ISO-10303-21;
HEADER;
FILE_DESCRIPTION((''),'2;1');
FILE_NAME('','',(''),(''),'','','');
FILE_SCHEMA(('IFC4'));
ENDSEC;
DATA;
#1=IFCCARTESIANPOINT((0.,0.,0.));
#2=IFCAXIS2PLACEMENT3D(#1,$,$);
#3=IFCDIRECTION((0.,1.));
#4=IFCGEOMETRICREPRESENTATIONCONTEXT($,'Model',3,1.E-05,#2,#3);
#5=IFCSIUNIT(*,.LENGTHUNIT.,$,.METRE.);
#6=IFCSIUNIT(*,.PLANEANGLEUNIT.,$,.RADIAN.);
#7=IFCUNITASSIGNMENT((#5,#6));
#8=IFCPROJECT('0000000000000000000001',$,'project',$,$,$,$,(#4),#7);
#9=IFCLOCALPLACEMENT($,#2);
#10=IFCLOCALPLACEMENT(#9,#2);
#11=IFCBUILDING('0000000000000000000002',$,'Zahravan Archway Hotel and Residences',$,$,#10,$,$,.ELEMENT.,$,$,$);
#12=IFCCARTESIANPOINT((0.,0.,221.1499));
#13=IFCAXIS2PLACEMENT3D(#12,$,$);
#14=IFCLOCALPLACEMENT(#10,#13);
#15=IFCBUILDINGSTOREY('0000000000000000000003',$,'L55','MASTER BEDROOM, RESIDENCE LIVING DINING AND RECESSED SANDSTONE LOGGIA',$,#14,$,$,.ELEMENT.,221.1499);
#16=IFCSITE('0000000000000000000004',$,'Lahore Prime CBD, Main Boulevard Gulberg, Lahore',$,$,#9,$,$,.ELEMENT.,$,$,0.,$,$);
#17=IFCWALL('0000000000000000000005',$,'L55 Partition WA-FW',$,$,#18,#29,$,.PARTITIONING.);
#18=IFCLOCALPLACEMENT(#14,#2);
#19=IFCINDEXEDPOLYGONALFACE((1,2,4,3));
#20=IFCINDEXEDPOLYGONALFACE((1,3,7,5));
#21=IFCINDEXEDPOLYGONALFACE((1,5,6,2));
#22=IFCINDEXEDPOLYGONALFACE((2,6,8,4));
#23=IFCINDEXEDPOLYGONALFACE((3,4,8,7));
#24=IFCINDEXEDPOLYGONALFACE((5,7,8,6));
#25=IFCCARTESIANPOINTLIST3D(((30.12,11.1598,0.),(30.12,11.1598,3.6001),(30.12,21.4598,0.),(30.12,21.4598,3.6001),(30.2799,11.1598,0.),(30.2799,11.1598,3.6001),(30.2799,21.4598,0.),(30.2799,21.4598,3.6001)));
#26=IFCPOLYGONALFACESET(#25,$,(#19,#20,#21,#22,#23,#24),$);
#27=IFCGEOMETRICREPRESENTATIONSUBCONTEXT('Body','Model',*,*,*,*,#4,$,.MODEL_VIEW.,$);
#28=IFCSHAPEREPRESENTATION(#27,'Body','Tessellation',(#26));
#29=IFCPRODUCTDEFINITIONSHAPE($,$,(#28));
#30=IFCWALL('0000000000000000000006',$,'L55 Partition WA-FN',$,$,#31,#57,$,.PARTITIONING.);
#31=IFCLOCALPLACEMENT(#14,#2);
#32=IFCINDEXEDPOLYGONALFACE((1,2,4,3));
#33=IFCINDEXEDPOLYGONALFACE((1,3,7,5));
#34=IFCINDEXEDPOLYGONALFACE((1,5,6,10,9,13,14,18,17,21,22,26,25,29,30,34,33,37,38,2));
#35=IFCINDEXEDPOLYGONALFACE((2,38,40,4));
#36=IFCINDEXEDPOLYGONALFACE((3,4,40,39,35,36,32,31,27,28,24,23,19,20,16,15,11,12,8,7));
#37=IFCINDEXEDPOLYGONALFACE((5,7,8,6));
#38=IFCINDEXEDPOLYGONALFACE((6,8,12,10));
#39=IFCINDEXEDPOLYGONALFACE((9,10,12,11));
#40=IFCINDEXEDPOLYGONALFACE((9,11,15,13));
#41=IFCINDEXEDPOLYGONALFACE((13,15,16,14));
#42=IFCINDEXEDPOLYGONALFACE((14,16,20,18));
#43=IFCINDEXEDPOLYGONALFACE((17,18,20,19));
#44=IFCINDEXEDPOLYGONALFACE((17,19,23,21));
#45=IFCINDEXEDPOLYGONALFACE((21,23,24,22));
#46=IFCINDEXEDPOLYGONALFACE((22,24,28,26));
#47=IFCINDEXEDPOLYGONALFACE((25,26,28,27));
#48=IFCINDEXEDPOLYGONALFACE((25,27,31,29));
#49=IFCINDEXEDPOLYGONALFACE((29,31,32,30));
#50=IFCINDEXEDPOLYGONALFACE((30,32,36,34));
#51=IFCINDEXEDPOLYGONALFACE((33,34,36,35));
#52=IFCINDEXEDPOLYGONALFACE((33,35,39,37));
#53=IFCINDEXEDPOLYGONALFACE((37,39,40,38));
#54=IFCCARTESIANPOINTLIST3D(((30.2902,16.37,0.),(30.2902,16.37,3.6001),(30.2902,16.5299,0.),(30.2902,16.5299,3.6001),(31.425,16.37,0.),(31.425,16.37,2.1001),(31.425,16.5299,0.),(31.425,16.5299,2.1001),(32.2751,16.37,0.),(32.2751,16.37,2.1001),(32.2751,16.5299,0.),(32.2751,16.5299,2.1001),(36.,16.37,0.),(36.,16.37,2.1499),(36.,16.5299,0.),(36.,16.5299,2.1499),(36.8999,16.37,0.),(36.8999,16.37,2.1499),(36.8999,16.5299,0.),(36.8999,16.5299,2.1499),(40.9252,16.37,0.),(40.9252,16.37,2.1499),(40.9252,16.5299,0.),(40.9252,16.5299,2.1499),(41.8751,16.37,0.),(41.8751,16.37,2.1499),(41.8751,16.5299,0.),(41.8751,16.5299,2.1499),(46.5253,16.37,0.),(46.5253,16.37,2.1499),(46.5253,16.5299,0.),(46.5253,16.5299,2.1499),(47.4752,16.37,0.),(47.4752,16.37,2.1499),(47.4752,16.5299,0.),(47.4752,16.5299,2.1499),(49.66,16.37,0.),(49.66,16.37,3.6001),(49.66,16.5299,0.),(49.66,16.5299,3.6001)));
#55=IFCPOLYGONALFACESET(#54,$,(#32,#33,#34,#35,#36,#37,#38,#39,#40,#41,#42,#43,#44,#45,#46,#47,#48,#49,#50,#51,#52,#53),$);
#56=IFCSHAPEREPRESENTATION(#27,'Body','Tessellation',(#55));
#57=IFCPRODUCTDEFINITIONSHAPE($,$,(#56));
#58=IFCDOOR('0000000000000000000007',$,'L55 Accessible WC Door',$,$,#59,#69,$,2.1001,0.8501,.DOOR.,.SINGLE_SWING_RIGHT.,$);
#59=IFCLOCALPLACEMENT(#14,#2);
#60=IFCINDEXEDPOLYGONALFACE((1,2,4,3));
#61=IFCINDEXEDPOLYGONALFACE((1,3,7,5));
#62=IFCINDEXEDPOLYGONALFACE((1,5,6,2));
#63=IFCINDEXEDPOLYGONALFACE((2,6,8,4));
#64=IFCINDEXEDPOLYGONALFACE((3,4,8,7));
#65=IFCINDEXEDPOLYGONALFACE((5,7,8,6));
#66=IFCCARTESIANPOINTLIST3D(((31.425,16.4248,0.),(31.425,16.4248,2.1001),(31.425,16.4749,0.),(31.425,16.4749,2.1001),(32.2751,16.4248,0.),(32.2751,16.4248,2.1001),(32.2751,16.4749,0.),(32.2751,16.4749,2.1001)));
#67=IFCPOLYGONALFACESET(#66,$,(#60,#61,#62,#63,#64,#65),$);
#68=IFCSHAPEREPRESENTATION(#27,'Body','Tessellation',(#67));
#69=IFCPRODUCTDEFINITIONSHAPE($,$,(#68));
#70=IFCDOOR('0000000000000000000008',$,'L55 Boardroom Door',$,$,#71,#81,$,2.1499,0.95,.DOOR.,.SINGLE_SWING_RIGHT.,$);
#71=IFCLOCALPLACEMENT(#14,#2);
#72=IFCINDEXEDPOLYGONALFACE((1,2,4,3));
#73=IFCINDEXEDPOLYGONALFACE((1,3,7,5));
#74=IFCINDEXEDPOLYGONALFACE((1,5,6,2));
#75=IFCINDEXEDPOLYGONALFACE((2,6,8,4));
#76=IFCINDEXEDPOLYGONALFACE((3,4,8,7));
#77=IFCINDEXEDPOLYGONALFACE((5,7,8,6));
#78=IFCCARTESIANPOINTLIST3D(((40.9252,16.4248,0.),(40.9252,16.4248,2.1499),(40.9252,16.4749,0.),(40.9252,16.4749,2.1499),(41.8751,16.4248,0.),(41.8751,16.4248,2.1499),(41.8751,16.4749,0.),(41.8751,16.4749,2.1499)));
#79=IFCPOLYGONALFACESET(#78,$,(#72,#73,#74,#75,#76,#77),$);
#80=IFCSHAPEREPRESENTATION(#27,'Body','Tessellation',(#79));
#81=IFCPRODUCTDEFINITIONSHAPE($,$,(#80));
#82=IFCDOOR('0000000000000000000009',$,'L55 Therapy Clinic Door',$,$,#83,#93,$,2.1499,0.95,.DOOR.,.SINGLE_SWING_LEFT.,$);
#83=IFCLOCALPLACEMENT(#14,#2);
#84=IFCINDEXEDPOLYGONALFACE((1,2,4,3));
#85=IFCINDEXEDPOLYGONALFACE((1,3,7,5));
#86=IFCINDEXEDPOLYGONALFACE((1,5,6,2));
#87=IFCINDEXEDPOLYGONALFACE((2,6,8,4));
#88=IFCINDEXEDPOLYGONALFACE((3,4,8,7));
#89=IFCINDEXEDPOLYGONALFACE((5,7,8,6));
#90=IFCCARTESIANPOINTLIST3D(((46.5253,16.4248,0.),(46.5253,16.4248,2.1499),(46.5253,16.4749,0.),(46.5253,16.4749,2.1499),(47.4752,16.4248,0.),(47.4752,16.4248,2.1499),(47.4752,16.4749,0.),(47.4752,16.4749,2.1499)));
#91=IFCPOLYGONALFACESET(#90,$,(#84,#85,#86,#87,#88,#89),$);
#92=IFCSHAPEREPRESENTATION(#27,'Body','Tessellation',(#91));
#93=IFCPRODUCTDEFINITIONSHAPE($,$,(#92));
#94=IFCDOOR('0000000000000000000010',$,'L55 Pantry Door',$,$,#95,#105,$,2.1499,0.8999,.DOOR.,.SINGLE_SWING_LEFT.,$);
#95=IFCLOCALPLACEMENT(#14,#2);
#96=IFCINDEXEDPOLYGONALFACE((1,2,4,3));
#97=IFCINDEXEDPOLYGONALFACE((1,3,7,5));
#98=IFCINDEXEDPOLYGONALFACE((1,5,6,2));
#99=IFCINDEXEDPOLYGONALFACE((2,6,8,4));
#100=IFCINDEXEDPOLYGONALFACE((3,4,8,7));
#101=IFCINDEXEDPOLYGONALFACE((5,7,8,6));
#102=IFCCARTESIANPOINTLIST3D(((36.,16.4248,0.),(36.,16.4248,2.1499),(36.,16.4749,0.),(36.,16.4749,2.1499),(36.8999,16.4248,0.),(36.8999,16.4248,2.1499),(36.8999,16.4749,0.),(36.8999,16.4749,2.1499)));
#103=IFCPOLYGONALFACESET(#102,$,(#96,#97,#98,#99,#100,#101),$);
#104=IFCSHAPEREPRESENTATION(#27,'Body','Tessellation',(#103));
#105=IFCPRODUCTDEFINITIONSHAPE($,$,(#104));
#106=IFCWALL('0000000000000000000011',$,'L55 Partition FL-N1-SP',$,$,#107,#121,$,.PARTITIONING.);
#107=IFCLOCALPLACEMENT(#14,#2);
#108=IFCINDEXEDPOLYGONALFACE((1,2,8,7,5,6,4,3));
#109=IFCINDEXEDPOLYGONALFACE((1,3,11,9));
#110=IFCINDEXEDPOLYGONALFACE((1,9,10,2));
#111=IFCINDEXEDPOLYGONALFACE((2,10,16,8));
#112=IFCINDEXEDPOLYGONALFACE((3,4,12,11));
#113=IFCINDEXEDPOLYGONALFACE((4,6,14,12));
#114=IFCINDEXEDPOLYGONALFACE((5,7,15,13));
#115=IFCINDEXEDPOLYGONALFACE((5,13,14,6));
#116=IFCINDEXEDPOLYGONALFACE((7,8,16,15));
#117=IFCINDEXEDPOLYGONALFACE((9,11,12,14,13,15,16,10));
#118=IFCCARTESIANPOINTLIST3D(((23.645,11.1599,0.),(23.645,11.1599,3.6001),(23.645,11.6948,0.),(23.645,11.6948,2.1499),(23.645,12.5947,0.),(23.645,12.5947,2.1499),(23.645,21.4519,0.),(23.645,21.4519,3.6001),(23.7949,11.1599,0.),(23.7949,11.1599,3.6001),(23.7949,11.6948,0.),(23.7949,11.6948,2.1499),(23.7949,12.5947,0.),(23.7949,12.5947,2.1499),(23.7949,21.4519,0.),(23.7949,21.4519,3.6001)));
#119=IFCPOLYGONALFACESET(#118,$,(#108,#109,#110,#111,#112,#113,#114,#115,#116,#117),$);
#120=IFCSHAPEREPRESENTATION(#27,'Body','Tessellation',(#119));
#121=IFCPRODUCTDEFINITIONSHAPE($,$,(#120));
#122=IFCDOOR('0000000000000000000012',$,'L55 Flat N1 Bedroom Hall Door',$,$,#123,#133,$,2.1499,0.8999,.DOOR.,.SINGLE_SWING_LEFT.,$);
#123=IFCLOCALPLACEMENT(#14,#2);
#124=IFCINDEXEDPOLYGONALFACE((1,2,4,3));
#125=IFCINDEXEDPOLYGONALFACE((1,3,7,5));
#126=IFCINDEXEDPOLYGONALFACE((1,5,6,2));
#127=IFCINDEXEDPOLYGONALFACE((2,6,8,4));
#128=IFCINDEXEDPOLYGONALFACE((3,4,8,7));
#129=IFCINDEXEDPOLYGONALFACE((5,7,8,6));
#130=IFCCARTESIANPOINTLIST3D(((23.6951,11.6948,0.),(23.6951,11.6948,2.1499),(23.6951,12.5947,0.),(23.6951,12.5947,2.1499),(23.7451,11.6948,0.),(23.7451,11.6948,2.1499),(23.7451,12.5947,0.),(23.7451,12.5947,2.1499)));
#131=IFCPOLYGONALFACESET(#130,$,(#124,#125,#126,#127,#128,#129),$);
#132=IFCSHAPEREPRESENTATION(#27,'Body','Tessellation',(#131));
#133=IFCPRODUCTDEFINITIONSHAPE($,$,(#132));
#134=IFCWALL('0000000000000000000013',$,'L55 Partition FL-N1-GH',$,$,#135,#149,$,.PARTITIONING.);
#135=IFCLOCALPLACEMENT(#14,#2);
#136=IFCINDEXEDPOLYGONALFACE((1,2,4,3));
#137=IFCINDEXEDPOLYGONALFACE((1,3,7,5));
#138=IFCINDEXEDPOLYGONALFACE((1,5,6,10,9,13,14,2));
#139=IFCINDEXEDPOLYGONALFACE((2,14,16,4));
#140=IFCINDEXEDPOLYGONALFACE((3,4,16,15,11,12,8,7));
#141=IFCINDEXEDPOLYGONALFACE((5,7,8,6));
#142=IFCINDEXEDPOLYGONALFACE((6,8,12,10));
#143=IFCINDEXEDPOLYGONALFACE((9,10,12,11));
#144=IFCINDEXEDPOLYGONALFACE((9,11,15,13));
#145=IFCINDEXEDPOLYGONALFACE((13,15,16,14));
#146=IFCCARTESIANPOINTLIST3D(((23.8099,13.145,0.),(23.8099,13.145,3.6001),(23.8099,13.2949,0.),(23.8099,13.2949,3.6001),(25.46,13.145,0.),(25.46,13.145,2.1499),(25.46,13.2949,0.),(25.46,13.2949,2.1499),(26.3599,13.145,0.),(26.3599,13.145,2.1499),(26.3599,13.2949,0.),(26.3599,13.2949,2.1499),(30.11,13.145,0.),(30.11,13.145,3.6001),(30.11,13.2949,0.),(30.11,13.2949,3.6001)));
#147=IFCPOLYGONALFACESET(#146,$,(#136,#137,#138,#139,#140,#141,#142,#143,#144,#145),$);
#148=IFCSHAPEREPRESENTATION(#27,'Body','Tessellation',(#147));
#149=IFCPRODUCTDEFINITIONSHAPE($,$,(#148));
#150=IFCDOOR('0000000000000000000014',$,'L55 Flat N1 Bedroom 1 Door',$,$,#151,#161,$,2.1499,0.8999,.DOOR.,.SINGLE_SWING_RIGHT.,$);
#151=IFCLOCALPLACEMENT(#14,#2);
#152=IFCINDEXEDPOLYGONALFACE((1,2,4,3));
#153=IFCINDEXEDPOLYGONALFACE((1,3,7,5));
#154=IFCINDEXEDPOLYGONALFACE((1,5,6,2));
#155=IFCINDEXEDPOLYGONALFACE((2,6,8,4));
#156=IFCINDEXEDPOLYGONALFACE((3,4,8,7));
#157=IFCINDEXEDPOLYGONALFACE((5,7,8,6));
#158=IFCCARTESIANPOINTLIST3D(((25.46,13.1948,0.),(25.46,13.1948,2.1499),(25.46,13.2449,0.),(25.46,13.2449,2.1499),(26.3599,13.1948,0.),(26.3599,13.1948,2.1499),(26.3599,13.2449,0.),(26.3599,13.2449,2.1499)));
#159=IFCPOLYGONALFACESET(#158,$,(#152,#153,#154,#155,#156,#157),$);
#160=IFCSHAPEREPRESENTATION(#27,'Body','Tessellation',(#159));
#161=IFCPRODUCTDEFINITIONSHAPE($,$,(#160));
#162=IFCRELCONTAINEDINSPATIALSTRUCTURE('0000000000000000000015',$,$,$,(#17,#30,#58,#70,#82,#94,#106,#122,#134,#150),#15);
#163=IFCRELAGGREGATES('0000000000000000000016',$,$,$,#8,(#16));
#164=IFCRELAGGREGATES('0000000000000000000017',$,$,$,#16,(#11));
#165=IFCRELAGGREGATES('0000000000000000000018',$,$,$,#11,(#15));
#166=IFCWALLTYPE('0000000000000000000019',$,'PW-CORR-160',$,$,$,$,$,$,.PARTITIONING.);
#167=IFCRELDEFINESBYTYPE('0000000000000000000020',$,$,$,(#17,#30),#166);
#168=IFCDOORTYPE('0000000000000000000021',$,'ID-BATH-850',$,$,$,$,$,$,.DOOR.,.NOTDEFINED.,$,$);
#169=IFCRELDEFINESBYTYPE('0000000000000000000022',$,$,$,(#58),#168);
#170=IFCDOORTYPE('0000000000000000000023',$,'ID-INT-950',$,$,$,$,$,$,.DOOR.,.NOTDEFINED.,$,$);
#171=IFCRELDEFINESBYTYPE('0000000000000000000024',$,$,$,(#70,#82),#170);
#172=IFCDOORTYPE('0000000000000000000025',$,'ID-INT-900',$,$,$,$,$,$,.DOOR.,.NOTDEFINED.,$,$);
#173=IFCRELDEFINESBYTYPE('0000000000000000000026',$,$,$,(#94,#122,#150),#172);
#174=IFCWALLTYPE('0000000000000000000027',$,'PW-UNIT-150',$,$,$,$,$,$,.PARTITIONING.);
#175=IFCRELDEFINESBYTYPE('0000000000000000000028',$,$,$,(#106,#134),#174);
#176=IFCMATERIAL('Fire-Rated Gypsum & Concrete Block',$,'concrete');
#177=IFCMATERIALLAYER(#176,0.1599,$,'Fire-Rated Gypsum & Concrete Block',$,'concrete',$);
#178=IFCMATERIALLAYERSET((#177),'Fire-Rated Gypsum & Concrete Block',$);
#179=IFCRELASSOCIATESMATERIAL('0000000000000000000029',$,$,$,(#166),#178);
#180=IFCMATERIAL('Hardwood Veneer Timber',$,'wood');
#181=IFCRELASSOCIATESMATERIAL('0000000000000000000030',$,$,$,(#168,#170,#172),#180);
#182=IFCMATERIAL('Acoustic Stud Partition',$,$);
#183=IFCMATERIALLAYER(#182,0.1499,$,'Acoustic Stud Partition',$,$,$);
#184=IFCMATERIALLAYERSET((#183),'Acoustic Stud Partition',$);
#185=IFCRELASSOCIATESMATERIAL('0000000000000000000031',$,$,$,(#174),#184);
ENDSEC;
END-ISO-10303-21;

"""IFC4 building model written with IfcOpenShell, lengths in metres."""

from ifc_helpers import new_model, si_unit, direction, frame, frame_2d, origin, place, context, subcontext, project, spatial, rectangle, extrude, source, transform, mapped, material, layer, layer_set, type_object, type_shapes, element, fill, save


model = new_model("IFC4")

# Units and contexts
model_context = context("Model", 3, precision=1e-05, world=origin(), true_north=direction((0.0, 1.0)))
body_context = subcontext(model_context, "Body", "Model", "MODEL_VIEW")
ifc_project = project(units=[si_unit("LENGTHUNIT", "METRE"), si_unit("PLANEANGLEUNIT", "RADIAN")], contexts=[model_context])

# Site, building, storey
site_placement = place(None, origin())
site = spatial("IfcSite", under=ifc_project, at=site_placement, Name="Lahore Prime CBD, Main Boulevard Gulberg, Lahore", CompositionType="ELEMENT", RefElevation=0.0)
building_placement = place(site_placement, origin())
building = spatial("IfcBuilding", under=site, at=building_placement, Name="Zahravan Archway Hotel and Residences", CompositionType="ELEMENT")
storey_placement = place(building_placement, frame((0.0, 0.0, 221.1499)))
storey = spatial("IfcBuildingStorey", under=building, at=storey_placement, Name="L55", Description="MASTER BEDROOM, RESIDENCE LIVING DINING AND RECESSED SANDSTONE LOGGIA", CompositionType="ELEMENT", Elevation=221.1499)

# Wall
ifc_material_1 = material(Name="Fire-Rated Gypsum & Concrete Block", Category="concrete")
ifc_layer_1 = layer(ifc_material_1, 0.1599, Name="Fire-Rated Gypsum & Concrete Block", Category="concrete")
ifc_layer_set_1 = layer_set([ifc_layer_1], Name="Fire-Rated Gypsum & Concrete Block")
wall_type_1 = type_object("IfcWallType", Name="PW-CORR-160", PredefinedType="PARTITIONING", material=ifc_layer_set_1)
wall_1_placement = place(storey_placement, frame((30.2, 11.1599, 0.0), z_axis=(0.0, 0.0, 1.0), x_axis=(0.0, 1.0, 0.0)))
element("IfcWall", 1, at=wall_1_placement, inside=storey, type_object=wall_type_1, Name="L55 Partition WA-FW", PredefinedType="PARTITIONING", context=body_context, shape_type="SweptSolid", body=[
    extrude(rectangle(XDim=10.3, YDim=0.1599, at=frame_2d((5.1499, 0.0))), origin(), (0.0, 0.0, 1.0), 3.6001),
])

# Wall, openings, doors
wall_2_placement = place(storey_placement, frame((30.29, 16.45, 0.0), z_axis=(0.0, 0.0, 1.0), x_axis=(1.0, 0.0, 0.0)))
wall_2 = element("IfcWall", 2, at=wall_2_placement, inside=storey, type_object=wall_type_1, Name="L55 Partition WA-FN", PredefinedType="PARTITIONING", context=body_context, shape_type="SweptSolid", body=[
    extrude(rectangle(XDim=19.3699, YDim=0.1599, at=frame_2d((9.6851, 0.0))), origin(), (0.0, 0.0, 1.0), 3.6001),
])
opening_1_placement = place(wall_2_placement, frame((1.135, 0.0, 0.0)))
opening_1 = element("IfcOpeningElement", 3, at=opening_1_placement, cuts=wall_2, PredefinedType="OPENING", context=body_context, shape_type="SweptSolid", body=[
    extrude(rectangle(XDim=0.8501, YDim=2.1001, at=frame_2d((0.425, 1.05))), frame((0.0, 0.0898, 0.0), z_axis=(0.0, -1.0, 0.0), x_axis=(1.0, 0.0, 0.0)), (0.0, 0.0, 1.0), 0.1799),
])
opening_2_placement = place(wall_2_placement, frame((5.71, 0.0, 0.0)))
opening_2 = element("IfcOpeningElement", 4, at=opening_2_placement, cuts=wall_2, PredefinedType="OPENING", context=body_context, shape_type="SweptSolid", body=[
    extrude(rectangle(XDim=0.8999, YDim=2.1499, at=frame_2d((0.45, 1.075))), frame((0.0, 0.0898, 0.0), z_axis=(0.0, -1.0, 0.0), x_axis=(1.0, 0.0, 0.0)), (0.0, 0.0, 1.0), 0.1799),
])
opening_3_placement = place(wall_2_placement, frame((10.635, 0.0, 0.0)))
opening_3 = element("IfcOpeningElement", 5, at=opening_3_placement, cuts=wall_2, PredefinedType="OPENING", context=body_context, shape_type="SweptSolid", body=[
    extrude(rectangle(XDim=0.95, YDim=2.1499, at=frame_2d((0.4751, 1.075))), frame((0.0, 0.0898, 0.0), z_axis=(0.0, -1.0, 0.0), x_axis=(1.0, 0.0, 0.0)), (0.0, 0.0, 1.0), 0.1799),
])
opening_4_placement = place(wall_2_placement, frame((16.2351, 0.0, 0.0)))
opening_4 = element("IfcOpeningElement", 6, at=opening_4_placement, cuts=wall_2, PredefinedType="OPENING", context=body_context, shape_type="SweptSolid", body=[
    extrude(rectangle(XDim=0.95, YDim=2.1499, at=frame_2d((0.4751, 1.075))), frame((0.0, 0.0898, 0.0), z_axis=(0.0, -1.0, 0.0), x_axis=(1.0, 0.0, 0.0)), (0.0, 0.0, 1.0), 0.1799),
])
ifc_material_2 = material(Name="Hardwood Veneer Timber", Category="wood")
door_type_1 = type_object("IfcDoorType", Name="ID-BATH-850", OperationType="NOTDEFINED", PredefinedType="DOOR", material=ifc_material_2)
shared_shape_1 = source(origin(), body_context, "Body", "SweptSolid", [
    extrude(rectangle(XDim=0.8501, YDim=2.1001, at=frame_2d((0.425, 1.05))), frame((0.0, 0.0249, 0.0), z_axis=(0.0, -1.0, 0.0), x_axis=(1.0, 0.0, 0.0)), (0.0, 0.0, 1.0), 0.05),
])
type_shapes(door_type_1, [shared_shape_1])
door_1_placement = place(opening_1_placement, origin())
door_1 = element("IfcDoor", 7, at=door_1_placement, inside=storey, type_object=door_type_1, Name="L55 Accessible WC Door", OperationType="SINGLE_SWING_RIGHT", OverallHeight=2.1001, OverallWidth=0.8501, PredefinedType="DOOR", context=body_context, shape_type="MappedRepresentation", body=[
    mapped(shared_shape_1, transform((0.0, 0.0, 0.0), scale=1.0)),
])
fill(opening_1, door_1)
door_type_2 = type_object("IfcDoorType", Name="ID-INT-950", OperationType="NOTDEFINED", PredefinedType="DOOR", material=ifc_material_2)
shared_shape_2 = source(origin(), body_context, "Body", "SweptSolid", [
    extrude(rectangle(XDim=0.95, YDim=2.1499, at=frame_2d((0.4751, 1.075))), frame((0.0, 0.0249, 0.0), z_axis=(0.0, -1.0, 0.0), x_axis=(1.0, 0.0, 0.0)), (0.0, 0.0, 1.0), 0.05),
])
type_shapes(door_type_2, [shared_shape_2])
door_2_placement = place(opening_3_placement, origin())
door_2 = element("IfcDoor", 8, at=door_2_placement, inside=storey, type_object=door_type_2, Name="L55 Boardroom Door", OperationType="SINGLE_SWING_RIGHT", OverallHeight=2.1499, OverallWidth=0.95, PredefinedType="DOOR", context=body_context, shape_type="MappedRepresentation", body=[
    mapped(shared_shape_2, transform((0.0, 0.0, 0.0), scale=1.0)),
])
fill(opening_3, door_2)
door_3_placement = place(opening_4_placement, origin())
door_3 = element("IfcDoor", 9, at=door_3_placement, inside=storey, type_object=door_type_2, Name="L55 Therapy Clinic Door", OperationType="SINGLE_SWING_LEFT", OverallHeight=2.1499, OverallWidth=0.95, PredefinedType="DOOR", context=body_context, shape_type="MappedRepresentation", body=[
    mapped(shared_shape_2, transform((0.0, 0.0, 0.0), scale=1.0)),
])
fill(opening_4, door_3)
door_type_3 = type_object("IfcDoorType", Name="ID-INT-900", OperationType="NOTDEFINED", PredefinedType="DOOR", material=ifc_material_2)
shared_shape_3 = source(origin(), body_context, "Body", "SweptSolid", [
    extrude(rectangle(XDim=0.8999, YDim=2.1499, at=frame_2d((0.45, 1.075))), frame((0.0, 0.0249, 0.0), z_axis=(0.0, -1.0, 0.0), x_axis=(1.0, 0.0, 0.0)), (0.0, 0.0, 1.0), 0.05),
])
type_shapes(door_type_3, [shared_shape_3])
door_4_placement = place(opening_2_placement, origin())
door_4 = element("IfcDoor", 10, at=door_4_placement, inside=storey, type_object=door_type_3, Name="L55 Pantry Door", OperationType="SINGLE_SWING_LEFT", OverallHeight=2.1499, OverallWidth=0.8999, PredefinedType="DOOR", context=body_context, shape_type="MappedRepresentation", body=[
    mapped(shared_shape_3, transform((0.0, 0.0, 0.0), scale=1.0)),
])
fill(opening_2, door_4)

# Walls, openings, doors
ifc_material_3 = material(Name="Acoustic Stud Partition")
ifc_layer_2 = layer(ifc_material_3, 0.1499, Name="Acoustic Stud Partition")
ifc_layer_set_2 = layer_set([ifc_layer_2], Name="Acoustic Stud Partition")
wall_type_2 = type_object("IfcWallType", Name="PW-UNIT-150", PredefinedType="PARTITIONING", material=ifc_layer_set_2)
wall_3_placement = place(storey_placement, frame((23.72, 11.1599, 0.0), z_axis=(0.0, 0.0, 1.0), x_axis=(0.0, 1.0, 0.0)))
wall_3 = element("IfcWall", 11, at=wall_3_placement, inside=storey, type_object=wall_type_2, Name="L55 Partition FL-N1-SP", PredefinedType="PARTITIONING", context=body_context, shape_type="SweptSolid", body=[
    extrude(rectangle(XDim=10.292, YDim=0.1499, at=frame_2d((5.146, 0.0))), origin(), (0.0, 0.0, 1.0), 3.6001),
])
opening_5_placement = place(wall_3_placement, frame((0.5349, 0.0, 0.0)))
opening_5 = element("IfcOpeningElement", 12, at=opening_5_placement, cuts=wall_3, PredefinedType="OPENING", context=body_context, shape_type="SweptSolid", body=[
    extrude(rectangle(XDim=0.8999, YDim=2.1499, at=frame_2d((0.45, 1.075))), frame((0.0, 0.085, 0.0), z_axis=(0.0, -1.0, 0.0), x_axis=(1.0, 0.0, 0.0)), (0.0, 0.0, 1.0), 0.1699),
])
door_5_placement = place(opening_5_placement, origin())
door_5 = element("IfcDoor", 13, at=door_5_placement, inside=storey, type_object=door_type_3, Name="L55 Flat N1 Bedroom Hall Door", OperationType="SINGLE_SWING_LEFT", OverallHeight=2.1499, OverallWidth=0.8999, PredefinedType="DOOR", context=body_context, shape_type="MappedRepresentation", body=[
    mapped(shared_shape_3, transform((0.0, 0.0, 0.0), scale=1.0)),
])
fill(opening_5, door_5)
wall_4_placement = place(storey_placement, frame((23.8101, 13.22, 0.0), z_axis=(0.0, 0.0, 1.0), x_axis=(1.0, 0.0, 0.0)))
wall_4 = element("IfcWall", 14, at=wall_4_placement, inside=storey, type_object=wall_type_2, Name="L55 Partition FL-N1-GH", PredefinedType="PARTITIONING", context=body_context, shape_type="SweptSolid", body=[
    extrude(rectangle(XDim=6.3, YDim=0.1499, at=frame_2d((3.1499, 0.0))), origin(), (0.0, 0.0, 1.0), 3.6001),
])
opening_6_placement = place(wall_4_placement, frame((1.6499, 0.0, 0.0)))
opening_6 = element("IfcOpeningElement", 15, at=opening_6_placement, cuts=wall_4, PredefinedType="OPENING", context=body_context, shape_type="SweptSolid", body=[
    extrude(rectangle(XDim=0.8999, YDim=2.1499, at=frame_2d((0.45, 1.075))), frame((0.0, 0.085, 0.0), z_axis=(0.0, -1.0, 0.0), x_axis=(1.0, 0.0, 0.0)), (0.0, 0.0, 1.0), 0.1699),
])
door_6_placement = place(opening_6_placement, origin())
door_6 = element("IfcDoor", 16, at=door_6_placement, inside=storey, type_object=door_type_3, Name="L55 Flat N1 Bedroom 1 Door", OperationType="SINGLE_SWING_RIGHT", OverallHeight=2.1499, OverallWidth=0.8999, PredefinedType="DOOR", context=body_context, shape_type="MappedRepresentation", body=[
    mapped(shared_shape_3, transform((0.0, 0.0, 0.0), scale=1.0)),
])
fill(opening_6, door_6)

save(model, "model.ifc")
